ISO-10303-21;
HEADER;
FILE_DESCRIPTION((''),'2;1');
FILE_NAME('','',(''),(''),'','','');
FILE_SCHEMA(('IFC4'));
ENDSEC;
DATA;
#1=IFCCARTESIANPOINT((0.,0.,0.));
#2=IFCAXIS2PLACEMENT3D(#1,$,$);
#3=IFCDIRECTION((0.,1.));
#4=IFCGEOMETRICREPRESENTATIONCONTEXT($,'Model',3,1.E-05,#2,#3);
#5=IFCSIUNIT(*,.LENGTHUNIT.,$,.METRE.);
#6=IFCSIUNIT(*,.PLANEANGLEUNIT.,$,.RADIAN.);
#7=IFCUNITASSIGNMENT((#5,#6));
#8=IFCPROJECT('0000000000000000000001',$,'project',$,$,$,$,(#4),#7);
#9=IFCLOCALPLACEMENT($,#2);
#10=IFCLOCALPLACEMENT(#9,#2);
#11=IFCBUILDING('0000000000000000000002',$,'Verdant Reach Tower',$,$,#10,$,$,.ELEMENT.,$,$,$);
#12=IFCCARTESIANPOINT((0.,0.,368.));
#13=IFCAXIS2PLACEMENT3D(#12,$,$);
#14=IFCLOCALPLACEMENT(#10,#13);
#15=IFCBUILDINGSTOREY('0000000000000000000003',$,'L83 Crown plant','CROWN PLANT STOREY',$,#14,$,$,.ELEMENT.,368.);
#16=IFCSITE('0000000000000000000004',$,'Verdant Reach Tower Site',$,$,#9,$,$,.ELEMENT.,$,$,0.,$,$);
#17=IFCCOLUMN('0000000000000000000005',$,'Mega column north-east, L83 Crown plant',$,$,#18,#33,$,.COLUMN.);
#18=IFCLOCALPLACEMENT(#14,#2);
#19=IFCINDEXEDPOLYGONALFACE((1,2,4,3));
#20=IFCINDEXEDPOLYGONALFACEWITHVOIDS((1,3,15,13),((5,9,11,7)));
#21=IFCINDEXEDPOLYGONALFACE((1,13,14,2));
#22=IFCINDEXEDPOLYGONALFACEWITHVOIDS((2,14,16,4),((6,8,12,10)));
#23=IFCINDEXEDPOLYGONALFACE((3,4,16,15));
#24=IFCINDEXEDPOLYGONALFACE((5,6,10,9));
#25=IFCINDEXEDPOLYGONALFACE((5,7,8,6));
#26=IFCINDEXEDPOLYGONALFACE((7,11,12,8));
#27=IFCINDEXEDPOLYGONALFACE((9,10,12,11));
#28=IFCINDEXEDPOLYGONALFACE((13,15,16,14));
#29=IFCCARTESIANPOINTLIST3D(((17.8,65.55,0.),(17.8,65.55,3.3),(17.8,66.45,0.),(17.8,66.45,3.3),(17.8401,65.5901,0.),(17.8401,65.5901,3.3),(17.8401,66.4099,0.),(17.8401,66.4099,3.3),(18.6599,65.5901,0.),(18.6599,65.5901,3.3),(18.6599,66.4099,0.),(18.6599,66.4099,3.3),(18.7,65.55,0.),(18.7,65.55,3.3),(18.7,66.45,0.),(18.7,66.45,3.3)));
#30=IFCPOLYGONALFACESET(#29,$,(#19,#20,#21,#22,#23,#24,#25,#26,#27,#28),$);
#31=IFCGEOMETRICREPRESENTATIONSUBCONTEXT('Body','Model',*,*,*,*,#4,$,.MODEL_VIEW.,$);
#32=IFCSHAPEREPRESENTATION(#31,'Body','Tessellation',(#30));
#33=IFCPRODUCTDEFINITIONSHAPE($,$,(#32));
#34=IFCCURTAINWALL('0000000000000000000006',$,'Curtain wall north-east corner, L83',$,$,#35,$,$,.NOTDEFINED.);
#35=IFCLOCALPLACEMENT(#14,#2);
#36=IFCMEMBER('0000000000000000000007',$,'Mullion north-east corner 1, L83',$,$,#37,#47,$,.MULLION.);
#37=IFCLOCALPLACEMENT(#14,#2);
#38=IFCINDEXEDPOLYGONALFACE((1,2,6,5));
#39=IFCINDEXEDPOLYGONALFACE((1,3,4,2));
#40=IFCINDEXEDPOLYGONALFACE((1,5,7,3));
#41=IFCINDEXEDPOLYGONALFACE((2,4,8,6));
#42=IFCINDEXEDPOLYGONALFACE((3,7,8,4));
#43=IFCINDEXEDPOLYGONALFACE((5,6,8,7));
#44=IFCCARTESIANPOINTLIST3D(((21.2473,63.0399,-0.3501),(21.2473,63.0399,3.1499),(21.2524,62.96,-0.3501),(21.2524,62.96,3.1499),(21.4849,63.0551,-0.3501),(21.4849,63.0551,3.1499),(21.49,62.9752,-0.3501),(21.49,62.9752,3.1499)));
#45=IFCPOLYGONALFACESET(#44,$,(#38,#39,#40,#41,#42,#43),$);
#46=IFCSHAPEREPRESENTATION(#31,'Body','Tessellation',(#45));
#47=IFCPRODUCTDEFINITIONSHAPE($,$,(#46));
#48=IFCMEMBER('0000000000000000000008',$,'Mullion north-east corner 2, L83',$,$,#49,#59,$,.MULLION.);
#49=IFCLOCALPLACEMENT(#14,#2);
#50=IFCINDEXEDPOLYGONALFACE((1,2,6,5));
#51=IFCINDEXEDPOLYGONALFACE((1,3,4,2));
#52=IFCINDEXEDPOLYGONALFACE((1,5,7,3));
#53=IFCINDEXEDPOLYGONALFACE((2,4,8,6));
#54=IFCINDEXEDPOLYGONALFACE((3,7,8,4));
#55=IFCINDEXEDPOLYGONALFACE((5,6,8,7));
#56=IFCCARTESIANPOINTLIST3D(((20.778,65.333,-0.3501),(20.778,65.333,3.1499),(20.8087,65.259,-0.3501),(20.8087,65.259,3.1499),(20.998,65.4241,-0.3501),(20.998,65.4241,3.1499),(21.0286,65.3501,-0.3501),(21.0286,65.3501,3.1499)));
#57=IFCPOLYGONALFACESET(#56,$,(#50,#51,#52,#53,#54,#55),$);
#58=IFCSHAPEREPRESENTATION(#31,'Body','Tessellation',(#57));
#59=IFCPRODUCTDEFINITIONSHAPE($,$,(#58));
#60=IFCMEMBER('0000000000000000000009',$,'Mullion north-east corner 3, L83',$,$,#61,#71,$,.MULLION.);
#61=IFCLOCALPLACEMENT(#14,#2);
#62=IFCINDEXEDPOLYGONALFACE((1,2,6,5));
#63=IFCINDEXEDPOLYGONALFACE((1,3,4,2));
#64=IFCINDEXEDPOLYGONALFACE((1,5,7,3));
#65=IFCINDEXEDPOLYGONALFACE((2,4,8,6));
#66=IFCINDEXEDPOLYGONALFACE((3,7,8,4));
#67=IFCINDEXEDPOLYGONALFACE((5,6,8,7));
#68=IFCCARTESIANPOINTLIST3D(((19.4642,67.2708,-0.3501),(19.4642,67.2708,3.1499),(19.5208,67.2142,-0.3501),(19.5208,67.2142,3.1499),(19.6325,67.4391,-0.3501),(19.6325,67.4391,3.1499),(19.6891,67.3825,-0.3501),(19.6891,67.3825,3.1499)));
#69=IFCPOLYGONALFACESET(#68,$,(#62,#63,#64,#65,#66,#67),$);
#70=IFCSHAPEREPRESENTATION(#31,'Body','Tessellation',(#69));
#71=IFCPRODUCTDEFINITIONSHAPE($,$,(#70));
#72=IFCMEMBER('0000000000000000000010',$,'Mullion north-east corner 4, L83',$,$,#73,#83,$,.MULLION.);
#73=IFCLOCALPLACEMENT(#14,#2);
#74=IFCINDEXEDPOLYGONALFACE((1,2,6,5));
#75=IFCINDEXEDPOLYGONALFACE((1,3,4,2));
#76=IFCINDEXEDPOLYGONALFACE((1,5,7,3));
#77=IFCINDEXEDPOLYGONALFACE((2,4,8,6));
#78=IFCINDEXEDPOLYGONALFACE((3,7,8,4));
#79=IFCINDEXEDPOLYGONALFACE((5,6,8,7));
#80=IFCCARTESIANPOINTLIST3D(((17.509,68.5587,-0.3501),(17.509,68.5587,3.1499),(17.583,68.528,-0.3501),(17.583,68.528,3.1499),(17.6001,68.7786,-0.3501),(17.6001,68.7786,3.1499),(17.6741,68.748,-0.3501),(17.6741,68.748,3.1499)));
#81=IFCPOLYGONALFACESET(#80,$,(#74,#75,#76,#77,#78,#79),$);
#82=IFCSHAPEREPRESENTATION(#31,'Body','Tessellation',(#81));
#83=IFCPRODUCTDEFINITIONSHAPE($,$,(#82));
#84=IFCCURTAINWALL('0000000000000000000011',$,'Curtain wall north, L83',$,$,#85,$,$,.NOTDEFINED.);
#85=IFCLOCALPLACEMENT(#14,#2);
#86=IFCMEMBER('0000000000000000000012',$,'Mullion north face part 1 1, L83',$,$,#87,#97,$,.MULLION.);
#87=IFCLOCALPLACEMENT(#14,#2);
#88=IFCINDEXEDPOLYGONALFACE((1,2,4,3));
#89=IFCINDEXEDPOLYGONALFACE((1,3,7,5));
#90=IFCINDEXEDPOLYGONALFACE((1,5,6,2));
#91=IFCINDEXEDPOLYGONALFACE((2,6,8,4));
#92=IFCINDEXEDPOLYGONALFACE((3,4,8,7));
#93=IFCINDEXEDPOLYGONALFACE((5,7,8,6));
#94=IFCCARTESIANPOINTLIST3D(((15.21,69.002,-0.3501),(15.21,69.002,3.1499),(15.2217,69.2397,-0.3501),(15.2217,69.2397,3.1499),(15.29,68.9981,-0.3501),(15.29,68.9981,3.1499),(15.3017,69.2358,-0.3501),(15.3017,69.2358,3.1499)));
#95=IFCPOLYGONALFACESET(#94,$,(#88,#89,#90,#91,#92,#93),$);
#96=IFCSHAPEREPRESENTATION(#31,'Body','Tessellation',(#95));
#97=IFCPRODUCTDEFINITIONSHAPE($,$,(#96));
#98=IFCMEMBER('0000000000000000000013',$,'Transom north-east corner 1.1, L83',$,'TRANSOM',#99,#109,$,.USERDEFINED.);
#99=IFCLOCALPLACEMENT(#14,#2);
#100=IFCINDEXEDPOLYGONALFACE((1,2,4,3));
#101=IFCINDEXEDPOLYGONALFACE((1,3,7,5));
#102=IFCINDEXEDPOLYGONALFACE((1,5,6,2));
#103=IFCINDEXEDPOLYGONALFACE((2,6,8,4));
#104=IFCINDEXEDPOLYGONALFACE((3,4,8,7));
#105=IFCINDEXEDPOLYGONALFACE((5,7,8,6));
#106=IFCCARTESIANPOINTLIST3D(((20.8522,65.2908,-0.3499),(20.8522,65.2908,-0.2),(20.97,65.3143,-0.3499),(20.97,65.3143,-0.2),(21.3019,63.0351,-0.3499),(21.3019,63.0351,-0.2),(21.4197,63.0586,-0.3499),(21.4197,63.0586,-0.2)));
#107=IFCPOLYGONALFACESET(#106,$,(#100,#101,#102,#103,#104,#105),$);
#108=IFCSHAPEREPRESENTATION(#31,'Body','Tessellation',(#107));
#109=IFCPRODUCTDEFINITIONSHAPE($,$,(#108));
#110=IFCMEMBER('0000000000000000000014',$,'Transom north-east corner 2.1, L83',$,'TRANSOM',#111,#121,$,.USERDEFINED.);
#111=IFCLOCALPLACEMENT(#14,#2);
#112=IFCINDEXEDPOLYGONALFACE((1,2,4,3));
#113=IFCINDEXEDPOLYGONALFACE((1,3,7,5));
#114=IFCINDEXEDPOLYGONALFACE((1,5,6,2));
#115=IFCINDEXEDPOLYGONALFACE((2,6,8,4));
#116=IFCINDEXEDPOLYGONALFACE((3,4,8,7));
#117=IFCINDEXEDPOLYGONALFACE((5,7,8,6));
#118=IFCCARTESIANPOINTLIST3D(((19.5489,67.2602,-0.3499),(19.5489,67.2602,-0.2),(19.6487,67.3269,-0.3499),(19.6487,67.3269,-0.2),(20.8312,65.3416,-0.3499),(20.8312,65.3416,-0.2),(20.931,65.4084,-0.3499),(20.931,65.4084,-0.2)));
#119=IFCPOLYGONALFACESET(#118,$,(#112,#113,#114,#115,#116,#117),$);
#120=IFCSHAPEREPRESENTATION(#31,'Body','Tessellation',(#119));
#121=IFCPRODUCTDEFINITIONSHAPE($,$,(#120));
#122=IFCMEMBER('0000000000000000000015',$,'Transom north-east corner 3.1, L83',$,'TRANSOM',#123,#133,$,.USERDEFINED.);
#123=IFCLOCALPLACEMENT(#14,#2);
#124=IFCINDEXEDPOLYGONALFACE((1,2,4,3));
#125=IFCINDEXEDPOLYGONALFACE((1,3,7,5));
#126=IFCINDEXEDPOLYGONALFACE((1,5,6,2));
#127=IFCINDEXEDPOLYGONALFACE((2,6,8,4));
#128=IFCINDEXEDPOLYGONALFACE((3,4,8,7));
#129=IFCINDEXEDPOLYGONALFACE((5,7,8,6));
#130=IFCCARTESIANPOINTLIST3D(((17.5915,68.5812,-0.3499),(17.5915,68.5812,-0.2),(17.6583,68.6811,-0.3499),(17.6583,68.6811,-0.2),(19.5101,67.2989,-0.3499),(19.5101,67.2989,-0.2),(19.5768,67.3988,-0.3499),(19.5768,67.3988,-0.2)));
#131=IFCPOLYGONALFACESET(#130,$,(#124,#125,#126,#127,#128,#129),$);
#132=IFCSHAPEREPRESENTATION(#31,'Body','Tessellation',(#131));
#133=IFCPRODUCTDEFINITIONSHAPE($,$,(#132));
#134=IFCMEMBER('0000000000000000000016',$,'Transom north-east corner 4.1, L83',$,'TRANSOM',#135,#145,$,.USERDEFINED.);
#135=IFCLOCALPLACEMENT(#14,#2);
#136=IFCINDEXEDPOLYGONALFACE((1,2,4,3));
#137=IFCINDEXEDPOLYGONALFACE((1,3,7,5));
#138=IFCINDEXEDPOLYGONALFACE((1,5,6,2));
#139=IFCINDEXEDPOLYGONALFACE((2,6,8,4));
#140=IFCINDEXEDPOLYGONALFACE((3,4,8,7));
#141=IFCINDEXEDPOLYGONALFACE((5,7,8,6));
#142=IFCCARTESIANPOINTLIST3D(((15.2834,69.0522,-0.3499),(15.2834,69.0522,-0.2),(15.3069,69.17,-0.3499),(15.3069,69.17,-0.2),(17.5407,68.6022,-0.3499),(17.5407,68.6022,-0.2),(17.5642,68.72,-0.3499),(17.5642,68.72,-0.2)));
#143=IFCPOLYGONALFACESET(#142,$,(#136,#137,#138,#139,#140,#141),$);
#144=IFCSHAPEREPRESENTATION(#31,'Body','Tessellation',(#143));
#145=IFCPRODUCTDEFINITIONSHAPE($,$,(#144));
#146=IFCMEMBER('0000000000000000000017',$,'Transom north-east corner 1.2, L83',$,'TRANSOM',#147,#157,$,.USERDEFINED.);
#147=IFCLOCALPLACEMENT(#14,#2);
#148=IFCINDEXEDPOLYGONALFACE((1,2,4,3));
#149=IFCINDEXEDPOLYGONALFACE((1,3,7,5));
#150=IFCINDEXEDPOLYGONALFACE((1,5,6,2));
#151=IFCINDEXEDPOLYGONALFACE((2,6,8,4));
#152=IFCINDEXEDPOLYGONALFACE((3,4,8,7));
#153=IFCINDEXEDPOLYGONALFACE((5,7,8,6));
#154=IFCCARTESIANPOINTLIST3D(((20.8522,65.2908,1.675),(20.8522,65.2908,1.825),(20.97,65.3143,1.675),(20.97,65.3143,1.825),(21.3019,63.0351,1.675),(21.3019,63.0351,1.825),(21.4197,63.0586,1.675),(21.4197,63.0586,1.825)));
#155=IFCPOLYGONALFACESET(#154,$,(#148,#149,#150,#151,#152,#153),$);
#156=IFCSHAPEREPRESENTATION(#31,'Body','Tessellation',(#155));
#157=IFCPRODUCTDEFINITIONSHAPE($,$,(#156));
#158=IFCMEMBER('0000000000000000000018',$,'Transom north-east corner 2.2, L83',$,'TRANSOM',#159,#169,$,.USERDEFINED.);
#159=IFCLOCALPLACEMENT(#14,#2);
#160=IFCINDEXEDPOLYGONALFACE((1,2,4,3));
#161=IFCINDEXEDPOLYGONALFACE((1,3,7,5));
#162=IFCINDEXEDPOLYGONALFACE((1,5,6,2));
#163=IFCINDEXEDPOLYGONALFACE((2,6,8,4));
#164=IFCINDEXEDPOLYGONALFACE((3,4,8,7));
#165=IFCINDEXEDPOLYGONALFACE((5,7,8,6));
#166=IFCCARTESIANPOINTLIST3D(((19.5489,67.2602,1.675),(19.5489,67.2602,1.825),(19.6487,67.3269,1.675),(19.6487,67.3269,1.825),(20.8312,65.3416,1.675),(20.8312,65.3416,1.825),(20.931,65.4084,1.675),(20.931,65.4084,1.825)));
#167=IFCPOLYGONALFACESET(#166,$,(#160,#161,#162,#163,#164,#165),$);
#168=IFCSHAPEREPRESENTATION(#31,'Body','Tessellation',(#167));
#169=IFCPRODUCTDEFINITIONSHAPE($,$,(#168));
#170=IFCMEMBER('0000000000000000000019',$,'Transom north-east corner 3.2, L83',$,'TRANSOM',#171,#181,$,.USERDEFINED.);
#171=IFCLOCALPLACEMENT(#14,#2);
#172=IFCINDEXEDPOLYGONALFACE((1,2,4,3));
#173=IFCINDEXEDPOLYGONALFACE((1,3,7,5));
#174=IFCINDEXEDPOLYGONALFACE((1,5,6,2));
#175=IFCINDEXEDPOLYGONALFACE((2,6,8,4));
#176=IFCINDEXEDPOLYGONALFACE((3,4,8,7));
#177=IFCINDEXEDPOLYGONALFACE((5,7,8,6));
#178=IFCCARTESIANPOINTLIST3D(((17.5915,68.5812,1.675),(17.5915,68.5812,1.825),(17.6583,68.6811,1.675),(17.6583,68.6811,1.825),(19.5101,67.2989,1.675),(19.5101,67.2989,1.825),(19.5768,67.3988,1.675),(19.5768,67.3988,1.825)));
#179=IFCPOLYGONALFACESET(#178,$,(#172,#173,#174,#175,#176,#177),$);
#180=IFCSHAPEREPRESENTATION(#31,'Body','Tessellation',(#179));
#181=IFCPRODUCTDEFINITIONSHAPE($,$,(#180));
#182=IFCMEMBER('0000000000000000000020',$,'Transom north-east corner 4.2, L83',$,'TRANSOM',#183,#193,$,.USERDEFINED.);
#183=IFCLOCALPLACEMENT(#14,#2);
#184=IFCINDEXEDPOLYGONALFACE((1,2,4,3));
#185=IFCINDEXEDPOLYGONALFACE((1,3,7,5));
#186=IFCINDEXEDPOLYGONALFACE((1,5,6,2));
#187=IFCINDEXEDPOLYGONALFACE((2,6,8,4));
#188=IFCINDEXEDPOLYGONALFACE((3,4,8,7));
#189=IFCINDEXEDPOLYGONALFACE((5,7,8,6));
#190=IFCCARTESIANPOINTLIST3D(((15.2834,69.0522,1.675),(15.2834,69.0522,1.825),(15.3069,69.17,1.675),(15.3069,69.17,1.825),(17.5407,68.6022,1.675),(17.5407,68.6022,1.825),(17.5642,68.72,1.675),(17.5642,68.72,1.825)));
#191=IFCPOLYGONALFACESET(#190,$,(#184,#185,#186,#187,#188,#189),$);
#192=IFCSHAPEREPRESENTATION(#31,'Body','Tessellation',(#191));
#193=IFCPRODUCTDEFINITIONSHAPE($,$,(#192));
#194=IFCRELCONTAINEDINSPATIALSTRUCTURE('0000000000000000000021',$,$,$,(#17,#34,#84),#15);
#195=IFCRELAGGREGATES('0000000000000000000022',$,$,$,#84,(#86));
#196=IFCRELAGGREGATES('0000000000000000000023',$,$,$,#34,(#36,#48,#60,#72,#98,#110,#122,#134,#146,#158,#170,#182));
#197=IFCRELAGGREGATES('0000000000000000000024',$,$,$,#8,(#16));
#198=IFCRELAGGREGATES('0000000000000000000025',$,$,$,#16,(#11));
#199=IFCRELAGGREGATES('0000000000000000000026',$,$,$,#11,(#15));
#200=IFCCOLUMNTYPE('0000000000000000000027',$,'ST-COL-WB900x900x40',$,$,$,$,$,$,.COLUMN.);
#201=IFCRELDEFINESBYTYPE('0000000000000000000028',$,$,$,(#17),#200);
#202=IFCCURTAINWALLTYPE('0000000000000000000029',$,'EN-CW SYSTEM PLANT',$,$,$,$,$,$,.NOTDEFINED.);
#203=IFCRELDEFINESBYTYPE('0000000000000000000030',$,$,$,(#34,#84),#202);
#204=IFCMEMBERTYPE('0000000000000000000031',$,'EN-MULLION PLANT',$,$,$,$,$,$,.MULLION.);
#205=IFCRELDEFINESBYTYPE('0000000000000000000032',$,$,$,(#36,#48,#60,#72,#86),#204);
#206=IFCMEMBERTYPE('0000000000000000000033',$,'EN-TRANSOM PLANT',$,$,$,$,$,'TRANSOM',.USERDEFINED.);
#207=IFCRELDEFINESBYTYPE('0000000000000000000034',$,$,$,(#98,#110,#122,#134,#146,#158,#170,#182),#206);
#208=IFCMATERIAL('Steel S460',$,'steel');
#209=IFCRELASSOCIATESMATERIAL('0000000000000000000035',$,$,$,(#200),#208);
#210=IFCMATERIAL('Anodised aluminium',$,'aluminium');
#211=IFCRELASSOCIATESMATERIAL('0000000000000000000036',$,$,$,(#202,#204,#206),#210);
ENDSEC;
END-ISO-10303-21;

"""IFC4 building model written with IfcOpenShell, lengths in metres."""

from ifc_helpers import new_model, si_unit, direction, frame, origin, origin_2d, place, context, subcontext, project, spatial, rectangle, hollow_rectangle, extrude, material, material_profile, profile_set, type_object, element, aggregate, save


model = new_model("IFC4")

# Units and contexts
model_context = context("Model", 3, precision=1e-05, world=origin(), true_north=direction((0.0, 1.0)))
body_context = subcontext(model_context, "Body", "Model", "MODEL_VIEW")
ifc_project = project(units=[si_unit("LENGTHUNIT", "METRE"), si_unit("PLANEANGLEUNIT", "RADIAN")], contexts=[model_context])

# Site, building, storey
site_placement = place(None, origin())
site = spatial("IfcSite", under=ifc_project, at=site_placement, Name="Verdant Reach Tower Site", CompositionType="ELEMENT", RefElevation=0.0)
building_placement = place(site_placement, origin())
building = spatial("IfcBuilding", under=site, at=building_placement, Name="Verdant Reach Tower", CompositionType="ELEMENT")
storey_placement = place(building_placement, frame((0.0, 0.0, 368.0)))
storey = spatial("IfcBuildingStorey", under=building, at=storey_placement, Name="L83 Crown plant", Description="CROWN PLANT STOREY", CompositionType="ELEMENT", Elevation=368.0)

# Column
ifc_material_1 = material(Name="Steel S460", Category="steel")
ifc_material_profile_1 = material_profile(ifc_material_1, hollow_rectangle(XDim=0.8999, YDim=0.8999, WallThickness=0.04, at=origin_2d()), Name="WB 900x900x40")
ifc_profile_set_1 = profile_set([ifc_material_profile_1], Name="Steel S460")
column_type = type_object("IfcColumnType", Name="ST-COL-WB900x900x40", PredefinedType="COLUMN", material=ifc_profile_set_1)
column_placement = place(storey_placement, frame((18.25, 66.0, 0.0), z_axis=(0.0, 0.0, 1.0), x_axis=(1.0, 0.0, 0.0)))
element("IfcColumn", 1, at=column_placement, inside=storey, type_object=column_type, Name="Mega column north-east, L83 Crown plant", PredefinedType="COLUMN", context=body_context, shape_type="SweptSolid", body=[
    extrude(hollow_rectangle(XDim=0.8999, YDim=0.8999, WallThickness=0.04, at=origin_2d()), origin(), (0.0, 0.0, 1.0), 3.3),
])

# Curtain wall, members
ifc_material_2 = material(Name="Anodised aluminium", Category="aluminium")
curtain_wall_type = type_object("IfcCurtainWallType", Name="EN-CW SYSTEM PLANT", PredefinedType="NOTDEFINED", material=ifc_material_2)
curtain_wall_1_placement = place(storey_placement, origin())
curtain_wall_1 = element("IfcCurtainWall", 2, at=curtain_wall_1_placement, inside=storey, type_object=curtain_wall_type, Name="Curtain wall north-east corner, L83", PredefinedType="NOTDEFINED")
ifc_material_profile_2 = material_profile(ifc_material_2, rectangle(XDim=0.238, YDim=0.0801, at=origin_2d()), Name="Mullion 80x240")
ifc_profile_set_2 = profile_set([ifc_material_profile_2], Name="Anodised aluminium")
member_type_1 = type_object("IfcMemberType", Name="EN-MULLION PLANT", PredefinedType="MULLION", material=ifc_profile_set_2)
member_1_placement = place(storey_placement, frame((21.3687, 63.0076, -0.3501), z_axis=(0.0, 0.0, 1.0), x_axis=(0.997969, 0.063699, 0.0)))
member_1 = element("IfcMember", 3, at=member_1_placement, type_object=member_type_1, Name="Mullion north-east corner 1, L83", PredefinedType="MULLION", context=body_context, shape_type="SweptSolid", body=[
    extrude(rectangle(XDim=0.238, YDim=0.0801, at=origin_2d()), origin(), (0.0, 0.0, 1.0), 3.5),
])
member_2_placement = place(storey_placement, frame((20.9033, 65.3416, -0.3501), z_axis=(0.0, 0.0, 1.0), x_axis=(0.923875, 0.382694, 0.0)))
member_2 = element("IfcMember", 4, at=member_2_placement, type_object=member_type_1, Name="Mullion north-east corner 2, L83", PredefinedType="MULLION", context=body_context, shape_type="SweptSolid", body=[
    extrude(rectangle(XDim=0.238, YDim=0.0801, at=origin_2d()), origin(), (0.0, 0.0, 1.0), 3.5),
])
member_3_placement = place(storey_placement, frame((19.5767, 67.3267, -0.3501), z_axis=(0.0, 0.0, 1.0), x_axis=(0.707107, 0.707107, 0.0)))
member_3 = element("IfcMember", 5, at=member_3_placement, type_object=member_type_1, Name="Mullion north-east corner 3, L83", PredefinedType="MULLION", context=body_context, shape_type="SweptSolid", body=[
    extrude(rectangle(XDim=0.238, YDim=0.0801, at=origin_2d()), origin(), (0.0, 0.0, 1.0), 3.5),
])
member_4_placement = place(storey_placement, frame((17.5916, 68.6533, -0.3501), z_axis=(0.0, 0.0, 1.0), x_axis=(0.382694, 0.923875, 0.0)))
member_4 = element("IfcMember", 6, at=member_4_placement, type_object=member_type_1, Name="Mullion north-east corner 4, L83", PredefinedType="MULLION", context=body_context, shape_type="SweptSolid", body=[
    extrude(rectangle(XDim=0.238, YDim=0.0801, at=origin_2d()), origin(), (0.0, 0.0, 1.0), 3.5),
])

# Curtain wall, member
curtain_wall_2_placement = place(storey_placement, origin())
curtain_wall_2 = element("IfcCurtainWall", 7, at=curtain_wall_2_placement, inside=storey, type_object=curtain_wall_type, Name="Curtain wall north, L83", PredefinedType="NOTDEFINED")
member_5_placement = place(storey_placement, frame((15.2559, 69.1189, -0.3501), z_axis=(0.0, 0.0, 1.0), x_axis=(0.049128, 0.998793, 0.0)))
member_5 = element("IfcMember", 8, at=member_5_placement, type_object=member_type_1, Name="Mullion north face part 1 1, L83", PredefinedType="MULLION", context=body_context, shape_type="SweptSolid", body=[
    extrude(rectangle(XDim=0.238, YDim=0.0801, at=origin_2d()), origin(), (0.0, 0.0, 1.0), 3.5),
])
aggregate(curtain_wall_2, [member_5])

# Members
ifc_material_profile_3 = material_profile(ifc_material_2, rectangle(XDim=0.1201, YDim=0.1499, at=origin_2d()), Name="Transom 150x120")
ifc_profile_set_3 = profile_set([ifc_material_profile_3], Name="Anodised aluminium")
member_type_2 = type_object("IfcMemberType", Name="EN-TRANSOM PLANT", ElementType="TRANSOM", PredefinedType="USERDEFINED", material=ifc_profile_set_3)
member_6_placement = place(storey_placement, frame((21.3608, 63.0469, -0.2749), z_axis=(-0.195524, 0.980699, 0.0), x_axis=(-0.980699, -0.195524, 0.0)))
member_6 = element("IfcMember", 9, at=member_6_placement, type_object=member_type_2, Name="Transom north-east corner 1.1, L83", ObjectType="TRANSOM", PredefinedType="USERDEFINED", context=body_context, shape_type="SweptSolid", body=[
    extrude(rectangle(XDim=0.1201, YDim=0.1499, at=origin_2d()), origin(), (0.0, 0.0, 1.0), 2.3),
])
member_7_placement = place(storey_placement, frame((20.8811, 65.375, -0.2749), z_axis=(-0.555676, 0.831399, 0.0), x_axis=(-0.831399, -0.555676, 0.0)))
member_7 = element("IfcMember", 10, at=member_7_placement, type_object=member_type_2, Name="Transom north-east corner 2.1, L83", ObjectType="TRANSOM", PredefinedType="USERDEFINED", context=body_context, shape_type="SweptSolid", body=[
    extrude(rectangle(XDim=0.1201, YDim=0.1499, at=origin_2d()), origin(), (0.0, 0.0, 1.0), 2.3076),
])
member_8_placement = place(storey_placement, frame((19.5435, 67.3489, -0.2749), z_axis=(-0.831399, 0.555676, 0.0), x_axis=(-0.555676, -0.831399, 0.0)))
member_8 = element("IfcMember", 11, at=member_8_placement, type_object=member_type_2, Name="Transom north-east corner 3.1, L83", ObjectType="TRANSOM", PredefinedType="USERDEFINED", context=body_context, shape_type="SweptSolid", body=[
    extrude(rectangle(XDim=0.1201, YDim=0.1499, at=origin_2d()), origin(), (0.0, 0.0, 1.0), 2.3076),
])
member_9_placement = place(storey_placement, frame((17.5525, 68.6611, -0.2749), z_axis=(-0.980707, 0.195484, 0.0), x_axis=(-0.195484, -0.980707, 0.0)))
member_9 = element("IfcMember", 12, at=member_9_placement, type_object=member_type_2, Name="Transom north-east corner 4.1, L83", ObjectType="TRANSOM", PredefinedType="USERDEFINED", context=body_context, shape_type="SweptSolid", body=[
    extrude(rectangle(XDim=0.1201, YDim=0.1499, at=origin_2d()), origin(), (0.0, 0.0, 1.0), 2.3018),
])
member_10_placement = place(storey_placement, frame((21.3608, 63.0469, 1.75), z_axis=(-0.195524, 0.980699, 0.0), x_axis=(-0.980699, -0.195524, 0.0)))
member_10 = element("IfcMember", 13, at=member_10_placement, type_object=member_type_2, Name="Transom north-east corner 1.2, L83", ObjectType="TRANSOM", PredefinedType="USERDEFINED", context=body_context, shape_type="SweptSolid", body=[
    extrude(rectangle(XDim=0.1201, YDim=0.1499, at=origin_2d()), origin(), (0.0, 0.0, 1.0), 2.3),
])
member_11_placement = place(storey_placement, frame((20.8811, 65.375, 1.75), z_axis=(-0.555676, 0.831399, 0.0), x_axis=(-0.831399, -0.555676, 0.0)))
member_11 = element("IfcMember", 14, at=member_11_placement, type_object=member_type_2, Name="Transom north-east corner 2.2, L83", ObjectType="TRANSOM", PredefinedType="USERDEFINED", context=body_context, shape_type="SweptSolid", body=[
    extrude(rectangle(XDim=0.1201, YDim=0.1499, at=origin_2d()), origin(), (0.0, 0.0, 1.0), 2.3076),
])
member_12_placement = place(storey_placement, frame((19.5435, 67.3489, 1.75), z_axis=(-0.831399, 0.555676, 0.0), x_axis=(-0.555676, -0.831399, 0.0)))
member_12 = element("IfcMember", 15, at=member_12_placement, type_object=member_type_2, Name="Transom north-east corner 3.2, L83", ObjectType="TRANSOM", PredefinedType="USERDEFINED", context=body_context, shape_type="SweptSolid", body=[
    extrude(rectangle(XDim=0.1201, YDim=0.1499, at=origin_2d()), origin(), (0.0, 0.0, 1.0), 2.3076),
])
member_13_placement = place(storey_placement, frame((17.5525, 68.6611, 1.75), z_axis=(-0.980707, 0.195484, 0.0), x_axis=(-0.195484, -0.980707, 0.0)))
member_13 = element("IfcMember", 16, at=member_13_placement, type_object=member_type_2, Name="Transom north-east corner 4.2, L83", ObjectType="TRANSOM", PredefinedType="USERDEFINED", context=body_context, shape_type="SweptSolid", body=[
    extrude(rectangle(XDim=0.1201, YDim=0.1499, at=origin_2d()), origin(), (0.0, 0.0, 1.0), 2.3018),
])

aggregate(curtain_wall_1, [member_1, member_2, member_3, member_4, member_6, member_7, member_8, member_9, member_10, member_11, member_12, member_13])

save(model, "model.ifc")
